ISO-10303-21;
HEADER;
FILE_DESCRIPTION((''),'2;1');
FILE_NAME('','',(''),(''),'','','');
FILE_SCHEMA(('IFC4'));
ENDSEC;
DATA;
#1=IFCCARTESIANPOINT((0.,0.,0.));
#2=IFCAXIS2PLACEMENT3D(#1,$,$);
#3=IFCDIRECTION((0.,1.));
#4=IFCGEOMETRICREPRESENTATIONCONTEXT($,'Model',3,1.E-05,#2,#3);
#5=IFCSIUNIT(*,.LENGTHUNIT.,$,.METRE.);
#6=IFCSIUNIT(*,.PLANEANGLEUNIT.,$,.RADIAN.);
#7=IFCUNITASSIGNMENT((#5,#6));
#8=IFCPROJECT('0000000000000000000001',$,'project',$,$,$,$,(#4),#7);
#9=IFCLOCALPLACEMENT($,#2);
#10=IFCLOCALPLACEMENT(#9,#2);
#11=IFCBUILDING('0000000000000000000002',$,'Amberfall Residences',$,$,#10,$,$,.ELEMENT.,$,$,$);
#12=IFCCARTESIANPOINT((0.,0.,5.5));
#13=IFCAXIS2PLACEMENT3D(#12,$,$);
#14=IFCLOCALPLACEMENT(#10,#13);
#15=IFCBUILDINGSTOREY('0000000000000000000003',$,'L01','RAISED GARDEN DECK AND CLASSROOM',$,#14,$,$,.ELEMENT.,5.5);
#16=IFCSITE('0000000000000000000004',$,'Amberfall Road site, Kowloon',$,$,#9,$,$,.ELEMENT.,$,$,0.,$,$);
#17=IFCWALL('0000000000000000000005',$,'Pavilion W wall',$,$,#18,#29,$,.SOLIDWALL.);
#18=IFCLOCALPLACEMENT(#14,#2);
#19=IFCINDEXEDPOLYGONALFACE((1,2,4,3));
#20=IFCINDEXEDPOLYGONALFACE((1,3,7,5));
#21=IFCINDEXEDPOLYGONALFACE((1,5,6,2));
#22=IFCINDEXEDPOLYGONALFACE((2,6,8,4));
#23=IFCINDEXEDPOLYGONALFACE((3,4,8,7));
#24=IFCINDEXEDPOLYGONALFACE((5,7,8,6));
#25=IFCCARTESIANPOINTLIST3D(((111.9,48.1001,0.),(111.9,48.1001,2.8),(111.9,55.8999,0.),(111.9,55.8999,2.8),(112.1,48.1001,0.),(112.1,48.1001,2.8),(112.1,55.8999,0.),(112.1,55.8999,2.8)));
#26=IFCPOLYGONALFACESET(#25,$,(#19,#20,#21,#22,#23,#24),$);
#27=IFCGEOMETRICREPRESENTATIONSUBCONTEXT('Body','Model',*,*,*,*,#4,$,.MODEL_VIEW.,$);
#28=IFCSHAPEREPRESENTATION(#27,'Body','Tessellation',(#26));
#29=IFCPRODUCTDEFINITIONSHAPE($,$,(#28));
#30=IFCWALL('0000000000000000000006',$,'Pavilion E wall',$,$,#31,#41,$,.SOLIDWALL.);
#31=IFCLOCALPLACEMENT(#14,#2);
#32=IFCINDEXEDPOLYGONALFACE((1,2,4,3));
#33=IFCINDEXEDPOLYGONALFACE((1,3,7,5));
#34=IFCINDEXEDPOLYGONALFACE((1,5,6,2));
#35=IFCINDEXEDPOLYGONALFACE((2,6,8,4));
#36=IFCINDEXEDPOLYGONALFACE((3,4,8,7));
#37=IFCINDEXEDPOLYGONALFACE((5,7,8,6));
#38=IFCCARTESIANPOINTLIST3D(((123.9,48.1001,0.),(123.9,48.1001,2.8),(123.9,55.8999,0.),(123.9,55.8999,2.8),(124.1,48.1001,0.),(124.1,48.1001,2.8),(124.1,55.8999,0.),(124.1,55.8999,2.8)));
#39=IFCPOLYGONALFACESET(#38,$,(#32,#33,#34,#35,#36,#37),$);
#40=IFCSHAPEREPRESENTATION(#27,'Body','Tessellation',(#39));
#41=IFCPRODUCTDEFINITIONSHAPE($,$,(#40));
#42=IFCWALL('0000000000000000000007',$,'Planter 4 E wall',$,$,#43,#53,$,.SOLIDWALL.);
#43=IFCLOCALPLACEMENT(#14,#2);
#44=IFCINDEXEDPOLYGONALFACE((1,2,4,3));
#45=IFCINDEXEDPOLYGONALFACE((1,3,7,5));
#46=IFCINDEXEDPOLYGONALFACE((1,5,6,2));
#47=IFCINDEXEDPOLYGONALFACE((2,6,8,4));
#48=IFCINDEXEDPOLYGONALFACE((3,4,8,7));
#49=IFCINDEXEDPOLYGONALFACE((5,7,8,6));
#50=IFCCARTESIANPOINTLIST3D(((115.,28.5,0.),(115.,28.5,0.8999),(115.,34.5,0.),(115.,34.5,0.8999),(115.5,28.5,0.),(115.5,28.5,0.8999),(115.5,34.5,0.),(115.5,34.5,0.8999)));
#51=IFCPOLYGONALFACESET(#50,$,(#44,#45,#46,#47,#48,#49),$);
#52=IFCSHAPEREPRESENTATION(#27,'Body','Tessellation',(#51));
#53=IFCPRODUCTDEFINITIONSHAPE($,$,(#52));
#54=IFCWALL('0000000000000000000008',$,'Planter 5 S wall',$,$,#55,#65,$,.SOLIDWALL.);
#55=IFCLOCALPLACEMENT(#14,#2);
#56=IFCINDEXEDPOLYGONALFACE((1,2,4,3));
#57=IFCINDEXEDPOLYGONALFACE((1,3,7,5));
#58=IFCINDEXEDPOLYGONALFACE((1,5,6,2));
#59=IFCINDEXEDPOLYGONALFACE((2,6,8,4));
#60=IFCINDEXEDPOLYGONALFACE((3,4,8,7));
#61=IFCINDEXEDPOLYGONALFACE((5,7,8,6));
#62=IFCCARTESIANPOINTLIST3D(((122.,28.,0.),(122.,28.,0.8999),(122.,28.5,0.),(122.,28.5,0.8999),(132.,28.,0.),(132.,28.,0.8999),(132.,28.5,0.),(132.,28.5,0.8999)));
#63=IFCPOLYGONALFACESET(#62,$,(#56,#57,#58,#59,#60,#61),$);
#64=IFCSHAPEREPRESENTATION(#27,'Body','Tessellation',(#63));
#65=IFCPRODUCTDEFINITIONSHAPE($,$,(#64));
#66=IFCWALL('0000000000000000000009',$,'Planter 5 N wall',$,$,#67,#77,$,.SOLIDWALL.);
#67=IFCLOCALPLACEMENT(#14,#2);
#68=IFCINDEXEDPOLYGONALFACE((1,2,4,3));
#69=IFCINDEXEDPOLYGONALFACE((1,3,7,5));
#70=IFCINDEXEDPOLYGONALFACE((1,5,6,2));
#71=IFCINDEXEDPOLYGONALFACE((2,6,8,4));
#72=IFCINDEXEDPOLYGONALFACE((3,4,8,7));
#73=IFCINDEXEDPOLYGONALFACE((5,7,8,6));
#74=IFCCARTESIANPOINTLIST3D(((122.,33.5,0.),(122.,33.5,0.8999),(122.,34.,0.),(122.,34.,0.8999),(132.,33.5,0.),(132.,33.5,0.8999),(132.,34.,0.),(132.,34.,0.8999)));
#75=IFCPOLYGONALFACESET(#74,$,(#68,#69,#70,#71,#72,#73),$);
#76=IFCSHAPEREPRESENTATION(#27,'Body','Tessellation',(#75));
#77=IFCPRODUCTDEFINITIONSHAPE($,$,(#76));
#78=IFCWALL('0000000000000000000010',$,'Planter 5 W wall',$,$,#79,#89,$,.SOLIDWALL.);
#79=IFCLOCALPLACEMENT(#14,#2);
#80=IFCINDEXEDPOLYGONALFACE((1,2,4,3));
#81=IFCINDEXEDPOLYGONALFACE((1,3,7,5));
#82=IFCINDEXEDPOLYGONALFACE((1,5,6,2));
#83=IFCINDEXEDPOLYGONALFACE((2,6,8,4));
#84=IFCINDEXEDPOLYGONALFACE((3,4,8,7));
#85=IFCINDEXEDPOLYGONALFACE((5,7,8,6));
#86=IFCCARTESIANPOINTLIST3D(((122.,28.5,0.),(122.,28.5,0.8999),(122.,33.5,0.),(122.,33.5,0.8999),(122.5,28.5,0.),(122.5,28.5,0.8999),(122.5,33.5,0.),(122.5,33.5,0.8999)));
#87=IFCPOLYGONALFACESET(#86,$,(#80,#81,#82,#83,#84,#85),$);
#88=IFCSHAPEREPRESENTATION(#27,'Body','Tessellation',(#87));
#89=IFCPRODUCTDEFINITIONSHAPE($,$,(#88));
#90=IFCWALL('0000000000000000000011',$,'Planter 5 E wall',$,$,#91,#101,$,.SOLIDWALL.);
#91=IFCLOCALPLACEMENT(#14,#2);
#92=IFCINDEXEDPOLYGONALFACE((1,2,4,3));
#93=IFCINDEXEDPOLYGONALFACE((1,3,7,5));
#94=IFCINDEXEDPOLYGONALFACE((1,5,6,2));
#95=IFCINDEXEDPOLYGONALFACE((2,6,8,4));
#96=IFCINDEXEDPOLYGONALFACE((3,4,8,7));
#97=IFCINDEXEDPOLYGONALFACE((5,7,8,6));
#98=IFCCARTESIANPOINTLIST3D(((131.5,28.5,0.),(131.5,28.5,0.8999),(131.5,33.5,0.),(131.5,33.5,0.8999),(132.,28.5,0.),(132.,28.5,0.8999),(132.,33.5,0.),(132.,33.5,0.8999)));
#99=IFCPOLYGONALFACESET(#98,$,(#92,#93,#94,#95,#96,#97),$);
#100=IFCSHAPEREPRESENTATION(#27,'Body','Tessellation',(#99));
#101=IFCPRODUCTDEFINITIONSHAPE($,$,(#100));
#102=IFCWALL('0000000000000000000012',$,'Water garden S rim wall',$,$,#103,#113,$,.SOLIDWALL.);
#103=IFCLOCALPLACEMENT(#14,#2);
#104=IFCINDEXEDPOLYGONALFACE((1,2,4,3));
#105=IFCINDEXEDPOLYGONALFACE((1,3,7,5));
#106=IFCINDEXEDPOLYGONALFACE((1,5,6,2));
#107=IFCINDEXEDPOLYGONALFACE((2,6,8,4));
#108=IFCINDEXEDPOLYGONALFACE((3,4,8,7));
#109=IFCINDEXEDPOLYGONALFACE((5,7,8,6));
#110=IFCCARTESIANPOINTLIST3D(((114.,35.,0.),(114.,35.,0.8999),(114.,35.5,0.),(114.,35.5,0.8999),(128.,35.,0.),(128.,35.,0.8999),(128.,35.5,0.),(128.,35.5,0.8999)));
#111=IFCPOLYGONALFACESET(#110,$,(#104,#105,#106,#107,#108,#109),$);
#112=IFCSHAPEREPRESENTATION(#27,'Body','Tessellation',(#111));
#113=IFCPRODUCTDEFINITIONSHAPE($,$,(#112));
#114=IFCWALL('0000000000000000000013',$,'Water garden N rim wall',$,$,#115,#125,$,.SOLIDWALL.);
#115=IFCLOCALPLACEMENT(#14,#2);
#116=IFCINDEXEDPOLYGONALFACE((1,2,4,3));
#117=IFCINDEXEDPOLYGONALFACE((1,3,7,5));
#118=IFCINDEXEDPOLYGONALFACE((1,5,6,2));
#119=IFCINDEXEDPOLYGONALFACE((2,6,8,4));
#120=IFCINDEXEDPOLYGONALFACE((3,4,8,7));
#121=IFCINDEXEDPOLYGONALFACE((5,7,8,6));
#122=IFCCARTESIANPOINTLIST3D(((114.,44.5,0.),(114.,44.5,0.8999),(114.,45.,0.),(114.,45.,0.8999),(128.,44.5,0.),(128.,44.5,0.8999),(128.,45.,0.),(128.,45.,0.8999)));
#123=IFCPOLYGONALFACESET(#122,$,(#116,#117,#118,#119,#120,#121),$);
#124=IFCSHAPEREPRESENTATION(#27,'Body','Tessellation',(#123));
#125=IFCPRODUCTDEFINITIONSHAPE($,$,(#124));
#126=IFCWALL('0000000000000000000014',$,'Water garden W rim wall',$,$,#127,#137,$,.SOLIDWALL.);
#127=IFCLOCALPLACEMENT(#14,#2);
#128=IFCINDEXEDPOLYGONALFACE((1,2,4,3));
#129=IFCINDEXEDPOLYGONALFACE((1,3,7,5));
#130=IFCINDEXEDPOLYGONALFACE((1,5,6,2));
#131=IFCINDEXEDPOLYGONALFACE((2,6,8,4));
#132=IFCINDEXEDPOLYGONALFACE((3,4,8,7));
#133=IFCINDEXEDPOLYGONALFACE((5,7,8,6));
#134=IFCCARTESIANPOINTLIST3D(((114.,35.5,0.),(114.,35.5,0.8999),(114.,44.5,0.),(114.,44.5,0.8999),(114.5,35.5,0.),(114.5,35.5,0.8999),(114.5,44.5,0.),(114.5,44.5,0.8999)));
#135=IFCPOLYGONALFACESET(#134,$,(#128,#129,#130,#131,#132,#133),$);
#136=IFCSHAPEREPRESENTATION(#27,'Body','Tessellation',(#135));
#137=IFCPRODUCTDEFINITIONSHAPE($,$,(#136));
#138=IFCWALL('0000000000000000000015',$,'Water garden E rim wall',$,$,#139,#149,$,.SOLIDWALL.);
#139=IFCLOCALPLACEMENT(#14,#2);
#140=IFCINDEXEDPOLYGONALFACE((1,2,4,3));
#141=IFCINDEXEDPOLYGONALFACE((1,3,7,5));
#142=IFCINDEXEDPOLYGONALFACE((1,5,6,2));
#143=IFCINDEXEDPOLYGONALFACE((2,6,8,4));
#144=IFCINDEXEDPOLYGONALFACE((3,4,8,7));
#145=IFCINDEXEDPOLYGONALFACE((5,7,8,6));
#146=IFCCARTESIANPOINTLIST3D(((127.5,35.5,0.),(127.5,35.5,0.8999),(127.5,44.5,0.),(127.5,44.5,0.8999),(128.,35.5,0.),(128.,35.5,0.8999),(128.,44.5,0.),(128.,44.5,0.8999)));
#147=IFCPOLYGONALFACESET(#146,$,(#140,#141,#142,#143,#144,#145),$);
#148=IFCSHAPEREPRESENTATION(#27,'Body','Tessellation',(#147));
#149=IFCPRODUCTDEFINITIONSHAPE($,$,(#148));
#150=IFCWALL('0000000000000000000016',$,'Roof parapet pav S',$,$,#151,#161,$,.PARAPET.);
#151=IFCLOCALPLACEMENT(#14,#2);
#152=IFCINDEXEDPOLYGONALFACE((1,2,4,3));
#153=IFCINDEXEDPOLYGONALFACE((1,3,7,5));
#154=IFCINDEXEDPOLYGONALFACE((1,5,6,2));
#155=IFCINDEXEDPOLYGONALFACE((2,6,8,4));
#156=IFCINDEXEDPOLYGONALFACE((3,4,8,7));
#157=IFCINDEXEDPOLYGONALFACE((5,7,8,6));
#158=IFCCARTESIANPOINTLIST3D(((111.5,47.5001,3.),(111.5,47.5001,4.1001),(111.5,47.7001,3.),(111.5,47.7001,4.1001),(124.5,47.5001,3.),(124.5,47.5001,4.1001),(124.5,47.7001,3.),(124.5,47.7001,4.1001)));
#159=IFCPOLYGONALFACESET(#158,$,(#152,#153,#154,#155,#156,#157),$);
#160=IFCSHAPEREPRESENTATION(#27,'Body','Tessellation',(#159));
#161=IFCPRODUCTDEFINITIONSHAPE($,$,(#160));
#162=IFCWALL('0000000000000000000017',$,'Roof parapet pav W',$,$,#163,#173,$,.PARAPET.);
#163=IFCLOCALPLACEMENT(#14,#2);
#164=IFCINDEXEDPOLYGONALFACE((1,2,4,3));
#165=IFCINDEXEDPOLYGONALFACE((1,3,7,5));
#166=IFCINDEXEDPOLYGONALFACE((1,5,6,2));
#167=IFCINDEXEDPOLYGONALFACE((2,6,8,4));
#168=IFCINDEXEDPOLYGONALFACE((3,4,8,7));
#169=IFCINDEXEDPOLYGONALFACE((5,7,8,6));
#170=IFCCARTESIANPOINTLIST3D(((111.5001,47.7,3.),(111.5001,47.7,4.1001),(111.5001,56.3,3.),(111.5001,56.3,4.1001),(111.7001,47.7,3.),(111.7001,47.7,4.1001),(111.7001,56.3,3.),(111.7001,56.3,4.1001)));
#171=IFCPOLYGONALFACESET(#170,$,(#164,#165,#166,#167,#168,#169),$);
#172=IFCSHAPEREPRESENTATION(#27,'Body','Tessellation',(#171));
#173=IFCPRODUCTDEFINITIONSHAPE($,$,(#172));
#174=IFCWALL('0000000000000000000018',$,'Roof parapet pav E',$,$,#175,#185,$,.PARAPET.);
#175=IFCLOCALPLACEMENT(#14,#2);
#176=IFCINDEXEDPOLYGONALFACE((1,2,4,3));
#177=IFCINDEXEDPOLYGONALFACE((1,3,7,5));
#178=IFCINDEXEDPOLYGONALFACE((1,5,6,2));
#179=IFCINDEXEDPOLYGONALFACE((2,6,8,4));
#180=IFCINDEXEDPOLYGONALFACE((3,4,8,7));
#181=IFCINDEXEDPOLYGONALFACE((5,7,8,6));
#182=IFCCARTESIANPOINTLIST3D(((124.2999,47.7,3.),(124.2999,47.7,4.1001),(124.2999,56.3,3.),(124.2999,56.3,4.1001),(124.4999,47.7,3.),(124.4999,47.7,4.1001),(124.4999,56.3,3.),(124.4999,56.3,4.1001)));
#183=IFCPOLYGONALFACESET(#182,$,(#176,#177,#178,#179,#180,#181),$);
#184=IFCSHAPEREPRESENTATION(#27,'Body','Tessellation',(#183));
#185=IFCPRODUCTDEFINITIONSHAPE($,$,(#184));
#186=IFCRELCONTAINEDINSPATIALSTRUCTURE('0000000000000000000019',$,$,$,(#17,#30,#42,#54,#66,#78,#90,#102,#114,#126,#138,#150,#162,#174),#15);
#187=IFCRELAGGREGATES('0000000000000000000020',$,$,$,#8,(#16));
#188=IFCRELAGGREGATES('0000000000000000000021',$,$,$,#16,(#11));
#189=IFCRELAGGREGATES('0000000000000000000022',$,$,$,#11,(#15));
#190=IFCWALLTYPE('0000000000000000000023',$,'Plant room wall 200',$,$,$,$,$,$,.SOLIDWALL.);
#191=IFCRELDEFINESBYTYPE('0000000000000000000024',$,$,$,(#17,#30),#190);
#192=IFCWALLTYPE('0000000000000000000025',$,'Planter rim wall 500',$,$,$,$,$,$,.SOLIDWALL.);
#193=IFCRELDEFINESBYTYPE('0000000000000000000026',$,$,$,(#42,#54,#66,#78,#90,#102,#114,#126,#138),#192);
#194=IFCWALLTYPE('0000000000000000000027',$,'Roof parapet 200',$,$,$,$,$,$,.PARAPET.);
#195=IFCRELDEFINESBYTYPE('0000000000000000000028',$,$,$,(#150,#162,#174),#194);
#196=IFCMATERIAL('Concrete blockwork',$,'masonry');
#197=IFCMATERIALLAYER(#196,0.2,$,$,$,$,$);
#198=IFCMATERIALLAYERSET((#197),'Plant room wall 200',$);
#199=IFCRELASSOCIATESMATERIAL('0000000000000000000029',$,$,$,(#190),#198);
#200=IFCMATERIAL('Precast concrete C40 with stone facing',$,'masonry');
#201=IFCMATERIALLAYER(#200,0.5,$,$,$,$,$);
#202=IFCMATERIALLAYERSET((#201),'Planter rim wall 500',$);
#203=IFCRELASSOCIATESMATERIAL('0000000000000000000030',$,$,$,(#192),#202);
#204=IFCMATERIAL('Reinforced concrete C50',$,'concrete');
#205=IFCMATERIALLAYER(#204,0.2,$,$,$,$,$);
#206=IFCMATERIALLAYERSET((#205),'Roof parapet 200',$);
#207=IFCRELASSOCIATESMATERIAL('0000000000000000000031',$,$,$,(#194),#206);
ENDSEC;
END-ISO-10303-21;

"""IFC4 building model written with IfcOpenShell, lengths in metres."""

from ifc_helpers import new_model, si_unit, direction, frame, frame_2d, origin, place, context, subcontext, project, spatial, rectangle, extrude, material, layer, layer_set, type_object, element, save


model = new_model("IFC4")

# Units and contexts
model_context = context("Model", 3, precision=1e-05, world=origin(), true_north=direction((0.0, 1.0)))
body_context = subcontext(model_context, "Body", "Model", "MODEL_VIEW")
ifc_project = project(units=[si_unit("LENGTHUNIT", "METRE"), si_unit("PLANEANGLEUNIT", "RADIAN")], contexts=[model_context])

# Site, building, storey
site_placement = place(None, origin())
site = spatial("IfcSite", under=ifc_project, at=site_placement, Name="Amberfall Road site, Kowloon", CompositionType="ELEMENT", RefElevation=0.0)
building_placement = place(site_placement, origin())
building = spatial("IfcBuilding", under=site, at=building_placement, Name="Amberfall Residences", CompositionType="ELEMENT")
storey_placement = place(building_placement, frame((0.0, 0.0, 5.5)))
storey = spatial("IfcBuildingStorey", under=building, at=storey_placement, Name="L01", Description="RAISED GARDEN DECK AND CLASSROOM", CompositionType="ELEMENT", Elevation=5.5)

# Shared definitions
ifc_material_1 = material(Name="Concrete blockwork", Category="masonry")
ifc_layer_1 = layer(ifc_material_1, 0.2)
ifc_layer_set_1 = layer_set([ifc_layer_1], Name="Plant room wall 200")
wall_type_1 = type_object("IfcWallType", Name="Plant room wall 200", PredefinedType="SOLIDWALL", material=ifc_layer_set_1)

# Walls
for number, where, z_axis, x_axis, name in (
    (1, (112.0, 48.1001, 0.0), (0.0, 0.0, 1.0), (0.0, 1.0, 0.0), "Pavilion W wall"),
    (2, (124.0, 48.1001, 0.0), (0.0, 0.0, 1.0), (0.0, 1.0, 0.0), "Pavilion E wall"),
):
    element("IfcWall", number, at=place(storey_placement, frame(where, z_axis=z_axis, x_axis=x_axis)), inside=storey, type_object=wall_type_1, Name=name, PredefinedType="SOLIDWALL", context=body_context, shape_type="SweptSolid", body=[
        extrude(rectangle(XDim=7.7998, YDim=0.2, at=frame_2d((3.8999, 0.0))), origin(), (0.0, 0.0, 1.0), 2.8),
    ])
ifc_material_2 = material(Name="Precast concrete C40 with stone facing", Category="masonry")
ifc_layer_2 = layer(ifc_material_2, 0.5)
ifc_layer_set_2 = layer_set([ifc_layer_2], Name="Planter rim wall 500")
wall_type_2 = type_object("IfcWallType", Name="Planter rim wall 500", PredefinedType="SOLIDWALL", material=ifc_layer_set_2)
wall_1_placement = place(storey_placement, frame((115.25, 28.5, 0.0), z_axis=(0.0, 0.0, 1.0), x_axis=(0.0, 1.0, 0.0)))
element("IfcWall", 3, at=wall_1_placement, inside=storey, type_object=wall_type_2, Name="Planter 4 E wall", PredefinedType="SOLIDWALL", context=body_context, shape_type="SweptSolid", body=[
    extrude(rectangle(XDim=6.0, YDim=0.5, at=frame_2d((3.0, 0.0))), origin(), (0.0, 0.0, 1.0), 0.8999),
])
for number, where, z_axis, x_axis, name in (
    (4, (122.0, 28.25, 0.0), (0.0, 0.0, 1.0), (1.0, 0.0, 0.0), "Planter 5 S wall"),
    (5, (122.0, 33.75, 0.0), (0.0, 0.0, 1.0), (1.0, 0.0, 0.0), "Planter 5 N wall"),
):
    element("IfcWall", number, at=place(storey_placement, frame(where, z_axis=z_axis, x_axis=x_axis)), inside=storey, type_object=wall_type_2, Name=name, PredefinedType="SOLIDWALL", context=body_context, shape_type="SweptSolid", body=[
        extrude(rectangle(XDim=10.0, YDim=0.5, at=frame_2d((5.0, 0.0))), origin(), (0.0, 0.0, 1.0), 0.8999),
    ])
for number, where, z_axis, x_axis, name in (
    (6, (122.25, 28.5, 0.0), (0.0, 0.0, 1.0), (0.0, 1.0, 0.0), "Planter 5 W wall"),
    (7, (131.75, 28.5, 0.0), (0.0, 0.0, 1.0), (0.0, 1.0, 0.0), "Planter 5 E wall"),
):
    element("IfcWall", number, at=place(storey_placement, frame(where, z_axis=z_axis, x_axis=x_axis)), inside=storey, type_object=wall_type_2, Name=name, PredefinedType="SOLIDWALL", context=body_context, shape_type="SweptSolid", body=[
        extrude(rectangle(XDim=5.0, YDim=0.5, at=frame_2d((2.5, 0.0))), origin(), (0.0, 0.0, 1.0), 0.8999),
    ])
for number, where, z_axis, x_axis, name in (
    (8, (114.0, 35.25, 0.0), (0.0, 0.0, 1.0), (1.0, 0.0, 0.0), "Water garden S rim wall"),
    (9, (114.0, 44.75, 0.0), (0.0, 0.0, 1.0), (1.0, 0.0, 0.0), "Water garden N rim wall"),
):
    element("IfcWall", number, at=place(storey_placement, frame(where, z_axis=z_axis, x_axis=x_axis)), inside=storey, type_object=wall_type_2, Name=name, PredefinedType="SOLIDWALL", context=body_context, shape_type="SweptSolid", body=[
        extrude(rectangle(XDim=14.0, YDim=0.5, at=frame_2d((7.0, 0.0))), origin(), (0.0, 0.0, 1.0), 0.8999),
    ])
for number, where, z_axis, x_axis, name in (
    (10, (114.25, 35.5, 0.0), (0.0, 0.0, 1.0), (0.0, 1.0, 0.0), "Water garden W rim wall"),
    (11, (127.75, 35.5, 0.0), (0.0, 0.0, 1.0), (0.0, 1.0, 0.0), "Water garden E rim wall"),
):
    element("IfcWall", number, at=place(storey_placement, frame(where, z_axis=z_axis, x_axis=x_axis)), inside=storey, type_object=wall_type_2, Name=name, PredefinedType="SOLIDWALL", context=body_context, shape_type="SweptSolid", body=[
        extrude(rectangle(XDim=9.0, YDim=0.5, at=frame_2d((4.5, 0.0))), origin(), (0.0, 0.0, 1.0), 0.8999),
    ])
ifc_material_3 = material(Name="Reinforced concrete C50", Category="concrete")
ifc_layer_3 = layer(ifc_material_3, 0.2)
ifc_layer_set_3 = layer_set([ifc_layer_3], Name="Roof parapet 200")
wall_type_3 = type_object("IfcWallType", Name="Roof parapet 200", PredefinedType="PARAPET", material=ifc_layer_set_3)
wall_2_placement = place(storey_placement, frame((111.5, 47.6001, 3.0), z_axis=(0.0, 0.0, 1.0), x_axis=(1.0, 0.0, 0.0)))
element("IfcWall", 12, at=wall_2_placement, inside=storey, type_object=wall_type_3, Name="Roof parapet pav S", PredefinedType="PARAPET", context=body_context, shape_type="SweptSolid", body=[
    extrude(rectangle(XDim=13.0, YDim=0.2, at=frame_2d((6.5, 0.0))), origin(), (0.0, 0.0, 1.0), 1.1001),
])
for number, where, z_axis, x_axis, name in (
    (13, (111.6001, 47.7, 3.0), (0.0, 0.0, 1.0), (0.0, 1.0, 0.0), "Roof parapet pav W"),
    (14, (124.3999, 47.7, 3.0), (0.0, 0.0, 1.0), (0.0, 1.0, 0.0), "Roof parapet pav E"),
):
    element("IfcWall", number, at=place(storey_placement, frame(where, z_axis=z_axis, x_axis=x_axis)), inside=storey, type_object=wall_type_3, Name=name, PredefinedType="PARAPET", context=body_context, shape_type="SweptSolid", body=[
        extrude(rectangle(XDim=8.6001, YDim=0.2, at=frame_2d((4.3, 0.0))), origin(), (0.0, 0.0, 1.0), 1.1001),
    ])

save(model, "model.ifc")
